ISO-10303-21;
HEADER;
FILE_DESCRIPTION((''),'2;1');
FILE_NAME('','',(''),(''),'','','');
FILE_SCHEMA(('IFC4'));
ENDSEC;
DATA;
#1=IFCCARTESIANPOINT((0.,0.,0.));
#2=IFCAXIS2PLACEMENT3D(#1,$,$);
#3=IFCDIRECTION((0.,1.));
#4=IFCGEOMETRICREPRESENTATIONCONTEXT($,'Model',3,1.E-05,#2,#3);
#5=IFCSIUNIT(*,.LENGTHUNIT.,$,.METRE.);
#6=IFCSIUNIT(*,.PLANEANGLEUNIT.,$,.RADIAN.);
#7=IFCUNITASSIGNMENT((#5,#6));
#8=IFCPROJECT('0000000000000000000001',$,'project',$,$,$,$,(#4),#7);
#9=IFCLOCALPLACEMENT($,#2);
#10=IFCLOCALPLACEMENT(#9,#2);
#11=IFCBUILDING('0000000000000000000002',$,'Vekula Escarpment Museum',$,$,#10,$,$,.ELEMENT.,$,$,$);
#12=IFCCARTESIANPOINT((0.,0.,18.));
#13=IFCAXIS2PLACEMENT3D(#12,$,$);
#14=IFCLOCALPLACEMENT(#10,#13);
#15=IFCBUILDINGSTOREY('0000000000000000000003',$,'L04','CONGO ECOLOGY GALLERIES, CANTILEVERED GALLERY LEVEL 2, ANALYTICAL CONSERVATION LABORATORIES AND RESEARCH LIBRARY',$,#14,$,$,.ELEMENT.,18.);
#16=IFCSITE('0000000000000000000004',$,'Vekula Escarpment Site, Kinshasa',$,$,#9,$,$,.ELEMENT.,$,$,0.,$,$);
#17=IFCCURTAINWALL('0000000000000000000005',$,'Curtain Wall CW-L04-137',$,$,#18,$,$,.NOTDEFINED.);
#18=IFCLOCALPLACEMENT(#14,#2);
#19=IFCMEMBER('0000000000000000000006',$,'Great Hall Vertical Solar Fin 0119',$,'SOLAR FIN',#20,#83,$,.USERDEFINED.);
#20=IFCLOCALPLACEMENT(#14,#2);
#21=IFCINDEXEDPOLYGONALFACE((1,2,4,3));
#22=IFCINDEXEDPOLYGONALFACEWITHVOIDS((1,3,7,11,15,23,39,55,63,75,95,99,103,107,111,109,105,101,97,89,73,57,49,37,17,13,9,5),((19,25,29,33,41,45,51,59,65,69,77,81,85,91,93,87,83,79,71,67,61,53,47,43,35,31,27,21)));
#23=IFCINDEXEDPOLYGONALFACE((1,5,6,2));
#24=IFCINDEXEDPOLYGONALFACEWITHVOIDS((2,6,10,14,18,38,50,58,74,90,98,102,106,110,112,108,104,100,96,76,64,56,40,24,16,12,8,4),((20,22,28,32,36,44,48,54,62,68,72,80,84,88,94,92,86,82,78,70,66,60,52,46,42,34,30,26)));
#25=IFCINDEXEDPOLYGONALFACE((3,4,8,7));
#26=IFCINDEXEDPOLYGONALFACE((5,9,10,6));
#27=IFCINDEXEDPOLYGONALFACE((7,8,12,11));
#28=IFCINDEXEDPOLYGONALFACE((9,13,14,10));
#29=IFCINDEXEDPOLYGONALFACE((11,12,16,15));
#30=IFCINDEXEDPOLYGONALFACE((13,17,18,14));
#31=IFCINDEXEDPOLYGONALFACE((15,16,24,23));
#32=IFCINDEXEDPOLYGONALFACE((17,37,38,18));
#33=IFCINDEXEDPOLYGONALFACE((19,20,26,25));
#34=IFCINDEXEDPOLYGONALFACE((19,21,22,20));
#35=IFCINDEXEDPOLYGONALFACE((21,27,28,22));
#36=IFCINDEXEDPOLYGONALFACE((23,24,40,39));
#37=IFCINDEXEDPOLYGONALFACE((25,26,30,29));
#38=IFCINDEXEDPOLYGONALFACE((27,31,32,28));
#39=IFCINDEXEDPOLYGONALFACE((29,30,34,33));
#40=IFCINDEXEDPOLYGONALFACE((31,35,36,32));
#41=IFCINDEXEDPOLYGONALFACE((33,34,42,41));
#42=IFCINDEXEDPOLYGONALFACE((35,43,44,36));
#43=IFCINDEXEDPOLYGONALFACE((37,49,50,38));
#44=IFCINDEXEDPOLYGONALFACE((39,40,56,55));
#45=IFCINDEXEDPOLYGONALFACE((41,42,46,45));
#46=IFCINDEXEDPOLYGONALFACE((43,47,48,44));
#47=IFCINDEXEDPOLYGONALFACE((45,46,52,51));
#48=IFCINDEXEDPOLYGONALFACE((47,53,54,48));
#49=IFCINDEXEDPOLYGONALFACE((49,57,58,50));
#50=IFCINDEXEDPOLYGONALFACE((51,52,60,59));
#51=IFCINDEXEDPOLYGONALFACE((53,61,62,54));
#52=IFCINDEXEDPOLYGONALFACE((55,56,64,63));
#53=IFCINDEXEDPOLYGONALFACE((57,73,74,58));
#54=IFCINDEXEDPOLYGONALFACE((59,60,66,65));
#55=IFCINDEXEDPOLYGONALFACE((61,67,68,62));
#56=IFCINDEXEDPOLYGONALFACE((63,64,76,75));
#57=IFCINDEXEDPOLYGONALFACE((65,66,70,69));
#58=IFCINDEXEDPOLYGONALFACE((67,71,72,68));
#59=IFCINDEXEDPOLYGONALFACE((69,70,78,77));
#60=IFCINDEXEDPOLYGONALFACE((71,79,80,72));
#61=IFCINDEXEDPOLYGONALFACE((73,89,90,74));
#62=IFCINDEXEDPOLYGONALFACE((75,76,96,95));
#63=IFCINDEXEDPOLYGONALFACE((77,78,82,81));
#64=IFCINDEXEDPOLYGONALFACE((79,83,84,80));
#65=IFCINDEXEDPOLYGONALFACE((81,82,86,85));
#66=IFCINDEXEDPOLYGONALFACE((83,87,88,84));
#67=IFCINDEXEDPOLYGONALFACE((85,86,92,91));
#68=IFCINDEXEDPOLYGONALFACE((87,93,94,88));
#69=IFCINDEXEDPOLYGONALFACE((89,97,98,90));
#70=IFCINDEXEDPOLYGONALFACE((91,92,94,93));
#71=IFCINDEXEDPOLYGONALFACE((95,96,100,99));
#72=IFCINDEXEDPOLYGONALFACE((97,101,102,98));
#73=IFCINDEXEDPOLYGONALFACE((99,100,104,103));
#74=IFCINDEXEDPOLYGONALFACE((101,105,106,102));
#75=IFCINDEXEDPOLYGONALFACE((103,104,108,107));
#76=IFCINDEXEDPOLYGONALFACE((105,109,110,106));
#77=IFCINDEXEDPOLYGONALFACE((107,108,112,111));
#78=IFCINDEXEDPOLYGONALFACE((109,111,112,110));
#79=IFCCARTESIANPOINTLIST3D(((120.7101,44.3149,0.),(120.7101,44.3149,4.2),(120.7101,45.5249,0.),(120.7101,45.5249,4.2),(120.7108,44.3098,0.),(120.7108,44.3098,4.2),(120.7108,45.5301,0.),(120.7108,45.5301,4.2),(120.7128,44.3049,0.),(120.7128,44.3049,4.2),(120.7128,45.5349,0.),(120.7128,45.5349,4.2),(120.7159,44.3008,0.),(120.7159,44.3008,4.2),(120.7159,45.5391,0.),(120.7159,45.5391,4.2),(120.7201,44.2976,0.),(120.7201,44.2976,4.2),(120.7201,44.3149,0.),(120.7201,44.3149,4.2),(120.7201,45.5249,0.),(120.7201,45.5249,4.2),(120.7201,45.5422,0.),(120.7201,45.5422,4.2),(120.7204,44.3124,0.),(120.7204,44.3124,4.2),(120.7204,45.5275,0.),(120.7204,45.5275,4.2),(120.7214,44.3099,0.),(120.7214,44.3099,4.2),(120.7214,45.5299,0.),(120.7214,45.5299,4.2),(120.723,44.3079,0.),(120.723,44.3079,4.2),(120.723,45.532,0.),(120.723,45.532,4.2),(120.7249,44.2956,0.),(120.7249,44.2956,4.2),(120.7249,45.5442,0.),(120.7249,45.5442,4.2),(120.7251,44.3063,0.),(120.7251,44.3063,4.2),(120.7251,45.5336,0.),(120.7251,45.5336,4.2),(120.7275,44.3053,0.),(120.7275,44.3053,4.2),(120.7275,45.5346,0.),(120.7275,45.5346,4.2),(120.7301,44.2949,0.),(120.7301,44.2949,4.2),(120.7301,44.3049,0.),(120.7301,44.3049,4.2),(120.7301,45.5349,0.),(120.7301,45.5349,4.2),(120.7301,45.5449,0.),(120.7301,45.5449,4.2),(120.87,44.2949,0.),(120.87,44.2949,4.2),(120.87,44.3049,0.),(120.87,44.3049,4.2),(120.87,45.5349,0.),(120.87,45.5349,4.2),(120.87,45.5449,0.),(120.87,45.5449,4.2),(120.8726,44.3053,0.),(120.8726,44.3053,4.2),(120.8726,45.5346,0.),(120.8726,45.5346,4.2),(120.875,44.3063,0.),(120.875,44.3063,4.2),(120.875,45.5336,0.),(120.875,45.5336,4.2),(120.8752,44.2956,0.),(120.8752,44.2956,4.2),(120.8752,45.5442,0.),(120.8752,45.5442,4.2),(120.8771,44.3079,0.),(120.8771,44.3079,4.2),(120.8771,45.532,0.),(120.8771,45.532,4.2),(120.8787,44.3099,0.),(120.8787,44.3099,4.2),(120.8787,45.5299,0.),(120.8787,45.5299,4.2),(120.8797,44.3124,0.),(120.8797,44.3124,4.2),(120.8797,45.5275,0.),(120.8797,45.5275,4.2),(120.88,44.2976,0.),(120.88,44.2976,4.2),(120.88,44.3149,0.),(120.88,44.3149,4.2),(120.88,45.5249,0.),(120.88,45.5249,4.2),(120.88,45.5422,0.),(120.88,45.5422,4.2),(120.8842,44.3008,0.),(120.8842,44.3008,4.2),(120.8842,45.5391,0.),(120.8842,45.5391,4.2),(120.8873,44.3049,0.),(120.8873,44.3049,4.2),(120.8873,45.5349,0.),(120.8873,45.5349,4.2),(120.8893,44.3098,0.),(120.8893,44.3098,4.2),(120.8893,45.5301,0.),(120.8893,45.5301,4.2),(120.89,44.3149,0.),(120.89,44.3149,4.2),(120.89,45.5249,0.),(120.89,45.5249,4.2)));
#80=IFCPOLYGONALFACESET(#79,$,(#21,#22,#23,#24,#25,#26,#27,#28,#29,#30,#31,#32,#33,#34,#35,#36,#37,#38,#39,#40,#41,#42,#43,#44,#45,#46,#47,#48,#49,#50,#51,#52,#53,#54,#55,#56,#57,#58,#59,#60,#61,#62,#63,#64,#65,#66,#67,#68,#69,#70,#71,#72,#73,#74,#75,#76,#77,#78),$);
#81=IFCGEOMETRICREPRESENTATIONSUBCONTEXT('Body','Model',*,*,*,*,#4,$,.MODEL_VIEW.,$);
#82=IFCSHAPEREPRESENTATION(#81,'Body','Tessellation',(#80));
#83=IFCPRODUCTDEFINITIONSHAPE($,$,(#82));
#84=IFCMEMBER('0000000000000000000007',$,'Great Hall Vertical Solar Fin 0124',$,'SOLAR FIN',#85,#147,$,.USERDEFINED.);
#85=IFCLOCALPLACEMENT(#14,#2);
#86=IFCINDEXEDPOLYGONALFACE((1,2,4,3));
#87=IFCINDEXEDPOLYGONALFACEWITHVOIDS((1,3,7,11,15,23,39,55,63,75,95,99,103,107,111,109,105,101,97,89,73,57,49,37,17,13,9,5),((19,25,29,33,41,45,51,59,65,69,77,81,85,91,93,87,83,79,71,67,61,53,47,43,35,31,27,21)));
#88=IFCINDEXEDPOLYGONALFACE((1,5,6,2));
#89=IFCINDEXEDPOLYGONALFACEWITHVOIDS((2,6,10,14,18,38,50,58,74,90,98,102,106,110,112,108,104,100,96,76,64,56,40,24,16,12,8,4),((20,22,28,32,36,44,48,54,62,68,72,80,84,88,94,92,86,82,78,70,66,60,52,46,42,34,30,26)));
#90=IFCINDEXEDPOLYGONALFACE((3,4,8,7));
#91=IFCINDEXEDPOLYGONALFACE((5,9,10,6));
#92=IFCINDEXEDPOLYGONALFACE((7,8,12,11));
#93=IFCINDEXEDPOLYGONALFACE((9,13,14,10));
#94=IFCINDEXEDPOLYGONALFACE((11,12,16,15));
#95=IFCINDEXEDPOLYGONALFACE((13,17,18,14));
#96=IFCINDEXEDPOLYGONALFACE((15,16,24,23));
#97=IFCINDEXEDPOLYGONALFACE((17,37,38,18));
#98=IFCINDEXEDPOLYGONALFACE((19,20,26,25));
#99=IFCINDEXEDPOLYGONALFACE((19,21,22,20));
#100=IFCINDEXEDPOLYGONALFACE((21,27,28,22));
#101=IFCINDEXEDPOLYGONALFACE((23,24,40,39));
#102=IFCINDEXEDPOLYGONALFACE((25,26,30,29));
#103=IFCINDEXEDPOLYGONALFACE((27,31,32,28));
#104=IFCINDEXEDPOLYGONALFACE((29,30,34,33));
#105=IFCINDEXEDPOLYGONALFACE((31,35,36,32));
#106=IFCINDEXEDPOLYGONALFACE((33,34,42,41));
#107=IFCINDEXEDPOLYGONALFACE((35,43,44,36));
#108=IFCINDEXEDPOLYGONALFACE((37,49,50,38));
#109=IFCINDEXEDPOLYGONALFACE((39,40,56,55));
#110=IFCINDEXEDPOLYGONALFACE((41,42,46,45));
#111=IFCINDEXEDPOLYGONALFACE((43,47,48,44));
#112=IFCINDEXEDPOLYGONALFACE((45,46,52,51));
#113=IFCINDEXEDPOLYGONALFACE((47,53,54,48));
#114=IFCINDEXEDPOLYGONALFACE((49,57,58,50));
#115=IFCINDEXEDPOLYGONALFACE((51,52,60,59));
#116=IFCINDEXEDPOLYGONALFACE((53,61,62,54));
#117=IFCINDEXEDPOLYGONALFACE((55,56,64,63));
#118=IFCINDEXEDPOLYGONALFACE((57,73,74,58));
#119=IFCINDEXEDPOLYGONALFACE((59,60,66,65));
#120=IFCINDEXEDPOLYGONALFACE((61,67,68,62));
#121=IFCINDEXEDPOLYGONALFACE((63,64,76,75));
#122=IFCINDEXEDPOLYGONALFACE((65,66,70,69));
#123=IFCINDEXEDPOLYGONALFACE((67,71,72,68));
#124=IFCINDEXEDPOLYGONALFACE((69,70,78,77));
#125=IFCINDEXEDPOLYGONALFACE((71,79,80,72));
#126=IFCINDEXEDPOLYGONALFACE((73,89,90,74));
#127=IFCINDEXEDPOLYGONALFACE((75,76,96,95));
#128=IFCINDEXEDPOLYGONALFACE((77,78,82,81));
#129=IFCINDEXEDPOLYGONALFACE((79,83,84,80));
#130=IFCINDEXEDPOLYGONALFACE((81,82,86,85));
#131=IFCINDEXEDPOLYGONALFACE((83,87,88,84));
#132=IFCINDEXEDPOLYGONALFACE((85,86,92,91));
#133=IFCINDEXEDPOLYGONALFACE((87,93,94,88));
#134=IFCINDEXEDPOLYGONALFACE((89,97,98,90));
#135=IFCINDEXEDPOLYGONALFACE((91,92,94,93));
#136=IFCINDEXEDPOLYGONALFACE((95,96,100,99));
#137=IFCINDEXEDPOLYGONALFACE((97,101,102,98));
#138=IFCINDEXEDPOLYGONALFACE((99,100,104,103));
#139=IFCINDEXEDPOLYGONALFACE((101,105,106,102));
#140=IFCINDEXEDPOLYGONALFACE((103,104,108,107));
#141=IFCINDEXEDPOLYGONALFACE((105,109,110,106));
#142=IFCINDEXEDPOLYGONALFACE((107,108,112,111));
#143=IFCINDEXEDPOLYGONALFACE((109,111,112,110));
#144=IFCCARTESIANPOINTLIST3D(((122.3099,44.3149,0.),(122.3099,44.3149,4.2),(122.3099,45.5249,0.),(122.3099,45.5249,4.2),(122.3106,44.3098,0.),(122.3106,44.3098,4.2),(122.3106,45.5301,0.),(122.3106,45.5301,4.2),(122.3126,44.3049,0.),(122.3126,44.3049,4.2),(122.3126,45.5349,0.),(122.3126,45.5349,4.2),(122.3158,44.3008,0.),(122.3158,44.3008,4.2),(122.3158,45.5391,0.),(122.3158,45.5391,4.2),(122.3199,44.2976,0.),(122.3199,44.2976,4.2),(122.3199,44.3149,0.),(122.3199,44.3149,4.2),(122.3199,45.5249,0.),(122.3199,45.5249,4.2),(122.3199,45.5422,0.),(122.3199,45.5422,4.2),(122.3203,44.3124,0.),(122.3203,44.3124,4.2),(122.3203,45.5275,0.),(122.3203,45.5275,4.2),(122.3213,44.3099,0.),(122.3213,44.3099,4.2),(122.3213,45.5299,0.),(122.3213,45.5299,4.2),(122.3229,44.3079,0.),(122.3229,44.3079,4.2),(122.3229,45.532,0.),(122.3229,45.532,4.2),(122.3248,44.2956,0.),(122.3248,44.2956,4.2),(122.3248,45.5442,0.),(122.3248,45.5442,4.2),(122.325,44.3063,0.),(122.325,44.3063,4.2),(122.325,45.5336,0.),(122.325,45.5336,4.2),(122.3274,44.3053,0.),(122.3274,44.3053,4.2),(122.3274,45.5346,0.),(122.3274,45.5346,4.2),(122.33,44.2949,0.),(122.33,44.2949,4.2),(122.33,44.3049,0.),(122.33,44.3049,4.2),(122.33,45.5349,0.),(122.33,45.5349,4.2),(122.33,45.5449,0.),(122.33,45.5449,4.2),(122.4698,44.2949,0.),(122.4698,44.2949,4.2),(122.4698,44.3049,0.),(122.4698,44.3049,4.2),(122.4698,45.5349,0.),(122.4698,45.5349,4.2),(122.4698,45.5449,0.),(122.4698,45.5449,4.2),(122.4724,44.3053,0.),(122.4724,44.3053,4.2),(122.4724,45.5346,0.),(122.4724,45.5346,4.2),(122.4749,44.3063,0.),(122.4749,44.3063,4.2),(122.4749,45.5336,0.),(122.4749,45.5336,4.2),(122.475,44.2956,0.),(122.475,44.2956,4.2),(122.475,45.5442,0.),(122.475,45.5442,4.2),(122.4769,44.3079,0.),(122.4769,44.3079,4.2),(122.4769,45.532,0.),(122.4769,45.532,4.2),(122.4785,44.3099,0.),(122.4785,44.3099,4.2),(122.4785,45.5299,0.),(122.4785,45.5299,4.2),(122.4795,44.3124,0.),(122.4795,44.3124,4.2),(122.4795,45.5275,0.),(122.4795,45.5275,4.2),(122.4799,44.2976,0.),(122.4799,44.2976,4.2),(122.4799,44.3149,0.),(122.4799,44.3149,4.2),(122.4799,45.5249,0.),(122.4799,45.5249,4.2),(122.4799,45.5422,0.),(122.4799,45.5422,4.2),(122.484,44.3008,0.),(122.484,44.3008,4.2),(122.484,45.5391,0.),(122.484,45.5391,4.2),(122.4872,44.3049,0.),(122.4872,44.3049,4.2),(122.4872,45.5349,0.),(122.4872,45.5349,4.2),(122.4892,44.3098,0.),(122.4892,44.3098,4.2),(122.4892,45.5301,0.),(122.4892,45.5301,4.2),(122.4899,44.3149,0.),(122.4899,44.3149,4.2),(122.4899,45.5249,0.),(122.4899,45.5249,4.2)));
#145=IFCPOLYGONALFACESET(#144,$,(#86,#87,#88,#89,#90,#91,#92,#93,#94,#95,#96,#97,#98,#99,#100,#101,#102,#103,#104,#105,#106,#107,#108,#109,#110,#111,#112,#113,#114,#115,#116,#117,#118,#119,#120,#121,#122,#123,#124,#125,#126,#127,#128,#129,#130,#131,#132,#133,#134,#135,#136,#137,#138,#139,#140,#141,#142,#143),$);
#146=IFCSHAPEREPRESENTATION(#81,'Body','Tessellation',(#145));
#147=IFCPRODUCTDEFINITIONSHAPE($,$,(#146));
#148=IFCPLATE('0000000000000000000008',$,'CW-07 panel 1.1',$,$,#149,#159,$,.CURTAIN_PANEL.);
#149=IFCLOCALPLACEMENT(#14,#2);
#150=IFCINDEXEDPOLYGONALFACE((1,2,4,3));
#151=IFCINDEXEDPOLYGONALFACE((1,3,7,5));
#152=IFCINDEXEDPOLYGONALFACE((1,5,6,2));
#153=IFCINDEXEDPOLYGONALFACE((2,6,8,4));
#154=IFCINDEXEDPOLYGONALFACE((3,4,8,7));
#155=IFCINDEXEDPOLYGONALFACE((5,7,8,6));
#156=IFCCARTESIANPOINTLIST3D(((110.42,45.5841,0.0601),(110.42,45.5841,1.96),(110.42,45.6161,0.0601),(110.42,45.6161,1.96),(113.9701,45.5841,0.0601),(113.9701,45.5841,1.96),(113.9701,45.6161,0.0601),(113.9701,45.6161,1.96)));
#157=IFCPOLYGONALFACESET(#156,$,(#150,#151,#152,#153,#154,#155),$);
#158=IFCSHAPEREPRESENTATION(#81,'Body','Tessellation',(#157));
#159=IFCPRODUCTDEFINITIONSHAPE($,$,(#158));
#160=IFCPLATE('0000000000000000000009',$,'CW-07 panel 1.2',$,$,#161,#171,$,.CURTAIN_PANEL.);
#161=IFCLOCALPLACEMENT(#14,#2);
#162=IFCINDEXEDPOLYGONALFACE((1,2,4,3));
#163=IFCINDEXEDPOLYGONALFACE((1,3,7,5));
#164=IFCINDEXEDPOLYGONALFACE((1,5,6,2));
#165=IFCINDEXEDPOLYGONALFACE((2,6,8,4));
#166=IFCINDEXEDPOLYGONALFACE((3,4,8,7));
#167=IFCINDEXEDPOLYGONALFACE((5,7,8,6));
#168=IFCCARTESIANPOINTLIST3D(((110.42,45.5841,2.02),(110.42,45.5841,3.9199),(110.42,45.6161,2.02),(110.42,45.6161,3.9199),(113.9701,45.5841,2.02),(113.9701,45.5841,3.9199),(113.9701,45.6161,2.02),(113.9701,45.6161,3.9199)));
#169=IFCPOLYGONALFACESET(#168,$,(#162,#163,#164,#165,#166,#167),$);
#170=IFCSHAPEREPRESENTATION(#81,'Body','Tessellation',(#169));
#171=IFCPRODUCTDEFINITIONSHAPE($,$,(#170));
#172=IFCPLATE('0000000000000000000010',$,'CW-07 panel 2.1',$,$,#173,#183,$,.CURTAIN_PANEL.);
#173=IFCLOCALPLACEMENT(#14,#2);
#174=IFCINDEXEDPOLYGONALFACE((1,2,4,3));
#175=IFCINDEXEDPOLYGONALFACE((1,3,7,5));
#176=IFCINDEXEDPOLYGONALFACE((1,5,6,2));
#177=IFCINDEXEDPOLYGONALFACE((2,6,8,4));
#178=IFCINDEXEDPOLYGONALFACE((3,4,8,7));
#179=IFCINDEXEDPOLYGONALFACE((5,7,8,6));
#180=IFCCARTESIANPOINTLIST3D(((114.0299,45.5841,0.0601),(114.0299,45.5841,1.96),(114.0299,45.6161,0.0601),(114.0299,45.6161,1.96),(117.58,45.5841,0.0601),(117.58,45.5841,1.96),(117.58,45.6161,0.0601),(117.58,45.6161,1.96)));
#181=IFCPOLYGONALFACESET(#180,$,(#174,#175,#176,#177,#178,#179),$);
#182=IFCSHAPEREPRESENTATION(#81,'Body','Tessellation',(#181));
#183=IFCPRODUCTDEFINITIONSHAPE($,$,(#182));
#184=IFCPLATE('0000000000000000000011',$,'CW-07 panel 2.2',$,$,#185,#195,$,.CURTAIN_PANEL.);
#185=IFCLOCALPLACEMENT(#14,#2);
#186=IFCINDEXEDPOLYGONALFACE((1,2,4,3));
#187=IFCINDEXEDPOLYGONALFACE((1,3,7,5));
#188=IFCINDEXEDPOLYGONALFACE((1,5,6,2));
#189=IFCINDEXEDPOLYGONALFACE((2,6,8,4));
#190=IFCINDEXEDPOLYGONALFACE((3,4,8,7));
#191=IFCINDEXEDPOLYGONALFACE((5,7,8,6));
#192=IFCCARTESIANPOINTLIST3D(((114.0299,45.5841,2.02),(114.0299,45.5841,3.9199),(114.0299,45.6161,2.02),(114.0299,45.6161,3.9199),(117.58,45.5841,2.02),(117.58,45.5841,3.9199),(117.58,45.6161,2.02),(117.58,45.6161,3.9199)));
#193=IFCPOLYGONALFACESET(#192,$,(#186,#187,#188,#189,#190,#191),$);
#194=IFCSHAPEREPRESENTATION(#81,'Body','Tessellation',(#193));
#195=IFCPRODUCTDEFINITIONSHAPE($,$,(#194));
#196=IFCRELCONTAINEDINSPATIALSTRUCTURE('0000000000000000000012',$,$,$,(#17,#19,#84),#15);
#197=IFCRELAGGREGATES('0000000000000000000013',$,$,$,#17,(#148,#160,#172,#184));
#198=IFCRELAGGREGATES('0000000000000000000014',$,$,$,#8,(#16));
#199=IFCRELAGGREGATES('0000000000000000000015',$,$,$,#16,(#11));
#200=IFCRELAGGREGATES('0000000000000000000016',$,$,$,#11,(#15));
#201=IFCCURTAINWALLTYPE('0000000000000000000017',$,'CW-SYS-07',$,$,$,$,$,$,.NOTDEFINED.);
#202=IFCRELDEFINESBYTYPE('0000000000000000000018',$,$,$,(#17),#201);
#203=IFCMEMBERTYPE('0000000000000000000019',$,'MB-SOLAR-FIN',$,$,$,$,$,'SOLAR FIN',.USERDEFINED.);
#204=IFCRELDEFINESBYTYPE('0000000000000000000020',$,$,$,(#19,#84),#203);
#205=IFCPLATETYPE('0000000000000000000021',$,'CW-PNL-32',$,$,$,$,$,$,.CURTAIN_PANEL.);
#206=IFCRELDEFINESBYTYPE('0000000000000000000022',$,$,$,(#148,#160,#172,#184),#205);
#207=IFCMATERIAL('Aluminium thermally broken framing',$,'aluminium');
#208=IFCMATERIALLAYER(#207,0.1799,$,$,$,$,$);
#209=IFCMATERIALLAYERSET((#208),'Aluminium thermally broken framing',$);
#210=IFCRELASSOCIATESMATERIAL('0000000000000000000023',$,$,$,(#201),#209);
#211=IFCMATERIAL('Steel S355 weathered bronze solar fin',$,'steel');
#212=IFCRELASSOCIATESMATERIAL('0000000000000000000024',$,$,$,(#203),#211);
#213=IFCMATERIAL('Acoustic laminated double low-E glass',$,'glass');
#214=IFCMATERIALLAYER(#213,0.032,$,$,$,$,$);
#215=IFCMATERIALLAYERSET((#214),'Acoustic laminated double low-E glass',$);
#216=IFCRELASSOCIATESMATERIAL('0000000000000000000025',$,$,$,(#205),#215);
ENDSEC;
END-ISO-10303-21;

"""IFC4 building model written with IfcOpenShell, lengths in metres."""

from ifc_helpers import new_model, si_unit, direction, frame, origin, origin_2d, place, context, subcontext, project, spatial, rectangle, hollow_rectangle, extrude, material, layer, layer_set, material_profile, profile_set, type_object, element, aggregate, save


model = new_model("IFC4")

# Units and contexts
model_context = context("Model", 3, precision=1e-05, world=origin(), true_north=direction((0.0, 1.0)))
body_context = subcontext(model_context, "Body", "Model", "MODEL_VIEW")
ifc_project = project(units=[si_unit("LENGTHUNIT", "METRE"), si_unit("PLANEANGLEUNIT", "RADIAN")], contexts=[model_context])

# Site, building, storey
site_placement = place(None, origin())
site = spatial("IfcSite", under=ifc_project, at=site_placement, Name="Vekula Escarpment Site, Kinshasa", CompositionType="ELEMENT", RefElevation=0.0)
building_placement = place(site_placement, origin())
building = spatial("IfcBuilding", under=site, at=building_placement, Name="Vekula Escarpment Museum", CompositionType="ELEMENT")
storey_placement = place(building_placement, frame((0.0, 0.0, 18.0)))
storey = spatial("IfcBuildingStorey", under=building, at=storey_placement, Name="L04", Description="CONGO ECOLOGY GALLERIES, CANTILEVERED GALLERY LEVEL 2, ANALYTICAL CONSERVATION LABORATORIES AND RESEARCH LIBRARY", CompositionType="ELEMENT", Elevation=18.0)

# Curtain wall
ifc_material_1 = material(Name="Aluminium thermally broken framing", Category="aluminium")
ifc_layer_1 = layer(ifc_material_1, 0.1799)
ifc_layer_set_1 = layer_set([ifc_layer_1], Name="Aluminium thermally broken framing")
curtain_wall_type_1 = type_object("IfcCurtainWallType", Name="CW-SYS-07", PredefinedType="NOTDEFINED", material=ifc_layer_set_1)
curtain_wall_1_placement = place(storey_placement, origin())
curtain_wall_1 = element("IfcCurtainWall", 1, at=curtain_wall_1_placement, inside=storey, type_object=curtain_wall_type_1, Name="Curtain Wall CW-L04-137", PredefinedType="NOTDEFINED")

# Members
ifc_material_2 = material(Name="Steel S355 weathered bronze solar fin", Category="steel")
ifc_material_profile_1 = material_profile(ifc_material_2, hollow_rectangle(XDim=0.1799, YDim=1.25, WallThickness=0.01, InnerFilletRadius=0.01, OuterFilletRadius=0.02, at=origin_2d()), Name="RHS 1250x180x10")
ifc_profile_set_1 = profile_set([ifc_material_profile_1], Name="Steel S355 weathered bronze solar fin")
member_type_1 = type_object("IfcMemberType", Name="MB-SOLAR-FIN", ElementType="SOLAR FIN", PredefinedType="USERDEFINED", material=ifc_profile_set_1)
for number, where, z_axis, x_axis, name in (
    (2, (120.8, 44.9199, 0.0), (0.0, 0.0, 1.0), (1.0, 0.0, 0.0), "Great Hall Vertical Solar Fin 0119"),
    (3, (122.3999, 44.9199, 0.0), (0.0, 0.0, 1.0), (1.0, 0.0, 0.0), "Great Hall Vertical Solar Fin 0124"),
):
    element("IfcMember", number, at=place(storey_placement, frame(where, z_axis=z_axis, x_axis=x_axis)), inside=storey, type_object=member_type_1, Name=name, ObjectType="SOLAR FIN", PredefinedType="USERDEFINED", context=body_context, shape_type="SweptSolid", body=[
        extrude(hollow_rectangle(XDim=0.1799, YDim=1.25, WallThickness=0.01, InnerFilletRadius=0.01, OuterFilletRadius=0.02, at=origin_2d()), origin(), (0.0, 0.0, 1.0), 4.2),
    ])

# Plates
ifc_material_3 = material(Name="Acoustic laminated double low-E glass", Category="glass")
ifc_layer_2 = layer(ifc_material_3, 0.032)
ifc_layer_set_2 = layer_set([ifc_layer_2], Name="Acoustic laminated double low-E glass")
plate_type = type_object("IfcPlateType", Name="CW-PNL-32", PredefinedType="CURTAIN_PANEL", material=ifc_layer_set_2)
plate_1_placement = place(storey_placement, frame((112.1951, 45.6001, 0.0601), z_axis=(0.0, 0.0, 1.0), x_axis=(1.0, 0.0, 0.0)))
plate_1 = element("IfcPlate", 4, at=plate_1_placement, type_object=plate_type, Name="CW-07 panel 1.1", PredefinedType="CURTAIN_PANEL", context=body_context, shape_type="SweptSolid", body=[
    extrude(rectangle(XDim=3.55, YDim=0.032, at=origin_2d()), origin(), (0.0, 0.0, 1.0), 1.8999),
])
plate_2_placement = place(storey_placement, frame((112.1951, 45.6001, 2.02), z_axis=(0.0, 0.0, 1.0), x_axis=(1.0, 0.0, 0.0)))
plate_2 = element("IfcPlate", 5, at=plate_2_placement, type_object=plate_type, Name="CW-07 panel 1.2", PredefinedType="CURTAIN_PANEL", context=body_context, shape_type="SweptSolid", body=[
    extrude(rectangle(XDim=3.55, YDim=0.032, at=origin_2d()), origin(), (0.0, 0.0, 1.0), 1.8999),
])
plate_3_placement = place(storey_placement, frame((115.8049, 45.6001, 0.0601), z_axis=(0.0, 0.0, 1.0), x_axis=(1.0, 0.0, 0.0)))
plate_3 = element("IfcPlate", 6, at=plate_3_placement, type_object=plate_type, Name="CW-07 panel 2.1", PredefinedType="CURTAIN_PANEL", context=body_context, shape_type="SweptSolid", body=[
    extrude(rectangle(XDim=3.55, YDim=0.032, at=origin_2d()), origin(), (0.0, 0.0, 1.0), 1.8999),
])
plate_4_placement = place(storey_placement, frame((115.8049, 45.6001, 2.02), z_axis=(0.0, 0.0, 1.0), x_axis=(1.0, 0.0, 0.0)))
plate_4 = element("IfcPlate", 7, at=plate_4_placement, type_object=plate_type, Name="CW-07 panel 2.2", PredefinedType="CURTAIN_PANEL", context=body_context, shape_type="SweptSolid", body=[
    extrude(rectangle(XDim=3.55, YDim=0.032, at=origin_2d()), origin(), (0.0, 0.0, 1.0), 1.8999),
])
aggregate(curtain_wall_1, [plate_1, plate_2, plate_3, plate_4])

save(model, "model.ifc")
